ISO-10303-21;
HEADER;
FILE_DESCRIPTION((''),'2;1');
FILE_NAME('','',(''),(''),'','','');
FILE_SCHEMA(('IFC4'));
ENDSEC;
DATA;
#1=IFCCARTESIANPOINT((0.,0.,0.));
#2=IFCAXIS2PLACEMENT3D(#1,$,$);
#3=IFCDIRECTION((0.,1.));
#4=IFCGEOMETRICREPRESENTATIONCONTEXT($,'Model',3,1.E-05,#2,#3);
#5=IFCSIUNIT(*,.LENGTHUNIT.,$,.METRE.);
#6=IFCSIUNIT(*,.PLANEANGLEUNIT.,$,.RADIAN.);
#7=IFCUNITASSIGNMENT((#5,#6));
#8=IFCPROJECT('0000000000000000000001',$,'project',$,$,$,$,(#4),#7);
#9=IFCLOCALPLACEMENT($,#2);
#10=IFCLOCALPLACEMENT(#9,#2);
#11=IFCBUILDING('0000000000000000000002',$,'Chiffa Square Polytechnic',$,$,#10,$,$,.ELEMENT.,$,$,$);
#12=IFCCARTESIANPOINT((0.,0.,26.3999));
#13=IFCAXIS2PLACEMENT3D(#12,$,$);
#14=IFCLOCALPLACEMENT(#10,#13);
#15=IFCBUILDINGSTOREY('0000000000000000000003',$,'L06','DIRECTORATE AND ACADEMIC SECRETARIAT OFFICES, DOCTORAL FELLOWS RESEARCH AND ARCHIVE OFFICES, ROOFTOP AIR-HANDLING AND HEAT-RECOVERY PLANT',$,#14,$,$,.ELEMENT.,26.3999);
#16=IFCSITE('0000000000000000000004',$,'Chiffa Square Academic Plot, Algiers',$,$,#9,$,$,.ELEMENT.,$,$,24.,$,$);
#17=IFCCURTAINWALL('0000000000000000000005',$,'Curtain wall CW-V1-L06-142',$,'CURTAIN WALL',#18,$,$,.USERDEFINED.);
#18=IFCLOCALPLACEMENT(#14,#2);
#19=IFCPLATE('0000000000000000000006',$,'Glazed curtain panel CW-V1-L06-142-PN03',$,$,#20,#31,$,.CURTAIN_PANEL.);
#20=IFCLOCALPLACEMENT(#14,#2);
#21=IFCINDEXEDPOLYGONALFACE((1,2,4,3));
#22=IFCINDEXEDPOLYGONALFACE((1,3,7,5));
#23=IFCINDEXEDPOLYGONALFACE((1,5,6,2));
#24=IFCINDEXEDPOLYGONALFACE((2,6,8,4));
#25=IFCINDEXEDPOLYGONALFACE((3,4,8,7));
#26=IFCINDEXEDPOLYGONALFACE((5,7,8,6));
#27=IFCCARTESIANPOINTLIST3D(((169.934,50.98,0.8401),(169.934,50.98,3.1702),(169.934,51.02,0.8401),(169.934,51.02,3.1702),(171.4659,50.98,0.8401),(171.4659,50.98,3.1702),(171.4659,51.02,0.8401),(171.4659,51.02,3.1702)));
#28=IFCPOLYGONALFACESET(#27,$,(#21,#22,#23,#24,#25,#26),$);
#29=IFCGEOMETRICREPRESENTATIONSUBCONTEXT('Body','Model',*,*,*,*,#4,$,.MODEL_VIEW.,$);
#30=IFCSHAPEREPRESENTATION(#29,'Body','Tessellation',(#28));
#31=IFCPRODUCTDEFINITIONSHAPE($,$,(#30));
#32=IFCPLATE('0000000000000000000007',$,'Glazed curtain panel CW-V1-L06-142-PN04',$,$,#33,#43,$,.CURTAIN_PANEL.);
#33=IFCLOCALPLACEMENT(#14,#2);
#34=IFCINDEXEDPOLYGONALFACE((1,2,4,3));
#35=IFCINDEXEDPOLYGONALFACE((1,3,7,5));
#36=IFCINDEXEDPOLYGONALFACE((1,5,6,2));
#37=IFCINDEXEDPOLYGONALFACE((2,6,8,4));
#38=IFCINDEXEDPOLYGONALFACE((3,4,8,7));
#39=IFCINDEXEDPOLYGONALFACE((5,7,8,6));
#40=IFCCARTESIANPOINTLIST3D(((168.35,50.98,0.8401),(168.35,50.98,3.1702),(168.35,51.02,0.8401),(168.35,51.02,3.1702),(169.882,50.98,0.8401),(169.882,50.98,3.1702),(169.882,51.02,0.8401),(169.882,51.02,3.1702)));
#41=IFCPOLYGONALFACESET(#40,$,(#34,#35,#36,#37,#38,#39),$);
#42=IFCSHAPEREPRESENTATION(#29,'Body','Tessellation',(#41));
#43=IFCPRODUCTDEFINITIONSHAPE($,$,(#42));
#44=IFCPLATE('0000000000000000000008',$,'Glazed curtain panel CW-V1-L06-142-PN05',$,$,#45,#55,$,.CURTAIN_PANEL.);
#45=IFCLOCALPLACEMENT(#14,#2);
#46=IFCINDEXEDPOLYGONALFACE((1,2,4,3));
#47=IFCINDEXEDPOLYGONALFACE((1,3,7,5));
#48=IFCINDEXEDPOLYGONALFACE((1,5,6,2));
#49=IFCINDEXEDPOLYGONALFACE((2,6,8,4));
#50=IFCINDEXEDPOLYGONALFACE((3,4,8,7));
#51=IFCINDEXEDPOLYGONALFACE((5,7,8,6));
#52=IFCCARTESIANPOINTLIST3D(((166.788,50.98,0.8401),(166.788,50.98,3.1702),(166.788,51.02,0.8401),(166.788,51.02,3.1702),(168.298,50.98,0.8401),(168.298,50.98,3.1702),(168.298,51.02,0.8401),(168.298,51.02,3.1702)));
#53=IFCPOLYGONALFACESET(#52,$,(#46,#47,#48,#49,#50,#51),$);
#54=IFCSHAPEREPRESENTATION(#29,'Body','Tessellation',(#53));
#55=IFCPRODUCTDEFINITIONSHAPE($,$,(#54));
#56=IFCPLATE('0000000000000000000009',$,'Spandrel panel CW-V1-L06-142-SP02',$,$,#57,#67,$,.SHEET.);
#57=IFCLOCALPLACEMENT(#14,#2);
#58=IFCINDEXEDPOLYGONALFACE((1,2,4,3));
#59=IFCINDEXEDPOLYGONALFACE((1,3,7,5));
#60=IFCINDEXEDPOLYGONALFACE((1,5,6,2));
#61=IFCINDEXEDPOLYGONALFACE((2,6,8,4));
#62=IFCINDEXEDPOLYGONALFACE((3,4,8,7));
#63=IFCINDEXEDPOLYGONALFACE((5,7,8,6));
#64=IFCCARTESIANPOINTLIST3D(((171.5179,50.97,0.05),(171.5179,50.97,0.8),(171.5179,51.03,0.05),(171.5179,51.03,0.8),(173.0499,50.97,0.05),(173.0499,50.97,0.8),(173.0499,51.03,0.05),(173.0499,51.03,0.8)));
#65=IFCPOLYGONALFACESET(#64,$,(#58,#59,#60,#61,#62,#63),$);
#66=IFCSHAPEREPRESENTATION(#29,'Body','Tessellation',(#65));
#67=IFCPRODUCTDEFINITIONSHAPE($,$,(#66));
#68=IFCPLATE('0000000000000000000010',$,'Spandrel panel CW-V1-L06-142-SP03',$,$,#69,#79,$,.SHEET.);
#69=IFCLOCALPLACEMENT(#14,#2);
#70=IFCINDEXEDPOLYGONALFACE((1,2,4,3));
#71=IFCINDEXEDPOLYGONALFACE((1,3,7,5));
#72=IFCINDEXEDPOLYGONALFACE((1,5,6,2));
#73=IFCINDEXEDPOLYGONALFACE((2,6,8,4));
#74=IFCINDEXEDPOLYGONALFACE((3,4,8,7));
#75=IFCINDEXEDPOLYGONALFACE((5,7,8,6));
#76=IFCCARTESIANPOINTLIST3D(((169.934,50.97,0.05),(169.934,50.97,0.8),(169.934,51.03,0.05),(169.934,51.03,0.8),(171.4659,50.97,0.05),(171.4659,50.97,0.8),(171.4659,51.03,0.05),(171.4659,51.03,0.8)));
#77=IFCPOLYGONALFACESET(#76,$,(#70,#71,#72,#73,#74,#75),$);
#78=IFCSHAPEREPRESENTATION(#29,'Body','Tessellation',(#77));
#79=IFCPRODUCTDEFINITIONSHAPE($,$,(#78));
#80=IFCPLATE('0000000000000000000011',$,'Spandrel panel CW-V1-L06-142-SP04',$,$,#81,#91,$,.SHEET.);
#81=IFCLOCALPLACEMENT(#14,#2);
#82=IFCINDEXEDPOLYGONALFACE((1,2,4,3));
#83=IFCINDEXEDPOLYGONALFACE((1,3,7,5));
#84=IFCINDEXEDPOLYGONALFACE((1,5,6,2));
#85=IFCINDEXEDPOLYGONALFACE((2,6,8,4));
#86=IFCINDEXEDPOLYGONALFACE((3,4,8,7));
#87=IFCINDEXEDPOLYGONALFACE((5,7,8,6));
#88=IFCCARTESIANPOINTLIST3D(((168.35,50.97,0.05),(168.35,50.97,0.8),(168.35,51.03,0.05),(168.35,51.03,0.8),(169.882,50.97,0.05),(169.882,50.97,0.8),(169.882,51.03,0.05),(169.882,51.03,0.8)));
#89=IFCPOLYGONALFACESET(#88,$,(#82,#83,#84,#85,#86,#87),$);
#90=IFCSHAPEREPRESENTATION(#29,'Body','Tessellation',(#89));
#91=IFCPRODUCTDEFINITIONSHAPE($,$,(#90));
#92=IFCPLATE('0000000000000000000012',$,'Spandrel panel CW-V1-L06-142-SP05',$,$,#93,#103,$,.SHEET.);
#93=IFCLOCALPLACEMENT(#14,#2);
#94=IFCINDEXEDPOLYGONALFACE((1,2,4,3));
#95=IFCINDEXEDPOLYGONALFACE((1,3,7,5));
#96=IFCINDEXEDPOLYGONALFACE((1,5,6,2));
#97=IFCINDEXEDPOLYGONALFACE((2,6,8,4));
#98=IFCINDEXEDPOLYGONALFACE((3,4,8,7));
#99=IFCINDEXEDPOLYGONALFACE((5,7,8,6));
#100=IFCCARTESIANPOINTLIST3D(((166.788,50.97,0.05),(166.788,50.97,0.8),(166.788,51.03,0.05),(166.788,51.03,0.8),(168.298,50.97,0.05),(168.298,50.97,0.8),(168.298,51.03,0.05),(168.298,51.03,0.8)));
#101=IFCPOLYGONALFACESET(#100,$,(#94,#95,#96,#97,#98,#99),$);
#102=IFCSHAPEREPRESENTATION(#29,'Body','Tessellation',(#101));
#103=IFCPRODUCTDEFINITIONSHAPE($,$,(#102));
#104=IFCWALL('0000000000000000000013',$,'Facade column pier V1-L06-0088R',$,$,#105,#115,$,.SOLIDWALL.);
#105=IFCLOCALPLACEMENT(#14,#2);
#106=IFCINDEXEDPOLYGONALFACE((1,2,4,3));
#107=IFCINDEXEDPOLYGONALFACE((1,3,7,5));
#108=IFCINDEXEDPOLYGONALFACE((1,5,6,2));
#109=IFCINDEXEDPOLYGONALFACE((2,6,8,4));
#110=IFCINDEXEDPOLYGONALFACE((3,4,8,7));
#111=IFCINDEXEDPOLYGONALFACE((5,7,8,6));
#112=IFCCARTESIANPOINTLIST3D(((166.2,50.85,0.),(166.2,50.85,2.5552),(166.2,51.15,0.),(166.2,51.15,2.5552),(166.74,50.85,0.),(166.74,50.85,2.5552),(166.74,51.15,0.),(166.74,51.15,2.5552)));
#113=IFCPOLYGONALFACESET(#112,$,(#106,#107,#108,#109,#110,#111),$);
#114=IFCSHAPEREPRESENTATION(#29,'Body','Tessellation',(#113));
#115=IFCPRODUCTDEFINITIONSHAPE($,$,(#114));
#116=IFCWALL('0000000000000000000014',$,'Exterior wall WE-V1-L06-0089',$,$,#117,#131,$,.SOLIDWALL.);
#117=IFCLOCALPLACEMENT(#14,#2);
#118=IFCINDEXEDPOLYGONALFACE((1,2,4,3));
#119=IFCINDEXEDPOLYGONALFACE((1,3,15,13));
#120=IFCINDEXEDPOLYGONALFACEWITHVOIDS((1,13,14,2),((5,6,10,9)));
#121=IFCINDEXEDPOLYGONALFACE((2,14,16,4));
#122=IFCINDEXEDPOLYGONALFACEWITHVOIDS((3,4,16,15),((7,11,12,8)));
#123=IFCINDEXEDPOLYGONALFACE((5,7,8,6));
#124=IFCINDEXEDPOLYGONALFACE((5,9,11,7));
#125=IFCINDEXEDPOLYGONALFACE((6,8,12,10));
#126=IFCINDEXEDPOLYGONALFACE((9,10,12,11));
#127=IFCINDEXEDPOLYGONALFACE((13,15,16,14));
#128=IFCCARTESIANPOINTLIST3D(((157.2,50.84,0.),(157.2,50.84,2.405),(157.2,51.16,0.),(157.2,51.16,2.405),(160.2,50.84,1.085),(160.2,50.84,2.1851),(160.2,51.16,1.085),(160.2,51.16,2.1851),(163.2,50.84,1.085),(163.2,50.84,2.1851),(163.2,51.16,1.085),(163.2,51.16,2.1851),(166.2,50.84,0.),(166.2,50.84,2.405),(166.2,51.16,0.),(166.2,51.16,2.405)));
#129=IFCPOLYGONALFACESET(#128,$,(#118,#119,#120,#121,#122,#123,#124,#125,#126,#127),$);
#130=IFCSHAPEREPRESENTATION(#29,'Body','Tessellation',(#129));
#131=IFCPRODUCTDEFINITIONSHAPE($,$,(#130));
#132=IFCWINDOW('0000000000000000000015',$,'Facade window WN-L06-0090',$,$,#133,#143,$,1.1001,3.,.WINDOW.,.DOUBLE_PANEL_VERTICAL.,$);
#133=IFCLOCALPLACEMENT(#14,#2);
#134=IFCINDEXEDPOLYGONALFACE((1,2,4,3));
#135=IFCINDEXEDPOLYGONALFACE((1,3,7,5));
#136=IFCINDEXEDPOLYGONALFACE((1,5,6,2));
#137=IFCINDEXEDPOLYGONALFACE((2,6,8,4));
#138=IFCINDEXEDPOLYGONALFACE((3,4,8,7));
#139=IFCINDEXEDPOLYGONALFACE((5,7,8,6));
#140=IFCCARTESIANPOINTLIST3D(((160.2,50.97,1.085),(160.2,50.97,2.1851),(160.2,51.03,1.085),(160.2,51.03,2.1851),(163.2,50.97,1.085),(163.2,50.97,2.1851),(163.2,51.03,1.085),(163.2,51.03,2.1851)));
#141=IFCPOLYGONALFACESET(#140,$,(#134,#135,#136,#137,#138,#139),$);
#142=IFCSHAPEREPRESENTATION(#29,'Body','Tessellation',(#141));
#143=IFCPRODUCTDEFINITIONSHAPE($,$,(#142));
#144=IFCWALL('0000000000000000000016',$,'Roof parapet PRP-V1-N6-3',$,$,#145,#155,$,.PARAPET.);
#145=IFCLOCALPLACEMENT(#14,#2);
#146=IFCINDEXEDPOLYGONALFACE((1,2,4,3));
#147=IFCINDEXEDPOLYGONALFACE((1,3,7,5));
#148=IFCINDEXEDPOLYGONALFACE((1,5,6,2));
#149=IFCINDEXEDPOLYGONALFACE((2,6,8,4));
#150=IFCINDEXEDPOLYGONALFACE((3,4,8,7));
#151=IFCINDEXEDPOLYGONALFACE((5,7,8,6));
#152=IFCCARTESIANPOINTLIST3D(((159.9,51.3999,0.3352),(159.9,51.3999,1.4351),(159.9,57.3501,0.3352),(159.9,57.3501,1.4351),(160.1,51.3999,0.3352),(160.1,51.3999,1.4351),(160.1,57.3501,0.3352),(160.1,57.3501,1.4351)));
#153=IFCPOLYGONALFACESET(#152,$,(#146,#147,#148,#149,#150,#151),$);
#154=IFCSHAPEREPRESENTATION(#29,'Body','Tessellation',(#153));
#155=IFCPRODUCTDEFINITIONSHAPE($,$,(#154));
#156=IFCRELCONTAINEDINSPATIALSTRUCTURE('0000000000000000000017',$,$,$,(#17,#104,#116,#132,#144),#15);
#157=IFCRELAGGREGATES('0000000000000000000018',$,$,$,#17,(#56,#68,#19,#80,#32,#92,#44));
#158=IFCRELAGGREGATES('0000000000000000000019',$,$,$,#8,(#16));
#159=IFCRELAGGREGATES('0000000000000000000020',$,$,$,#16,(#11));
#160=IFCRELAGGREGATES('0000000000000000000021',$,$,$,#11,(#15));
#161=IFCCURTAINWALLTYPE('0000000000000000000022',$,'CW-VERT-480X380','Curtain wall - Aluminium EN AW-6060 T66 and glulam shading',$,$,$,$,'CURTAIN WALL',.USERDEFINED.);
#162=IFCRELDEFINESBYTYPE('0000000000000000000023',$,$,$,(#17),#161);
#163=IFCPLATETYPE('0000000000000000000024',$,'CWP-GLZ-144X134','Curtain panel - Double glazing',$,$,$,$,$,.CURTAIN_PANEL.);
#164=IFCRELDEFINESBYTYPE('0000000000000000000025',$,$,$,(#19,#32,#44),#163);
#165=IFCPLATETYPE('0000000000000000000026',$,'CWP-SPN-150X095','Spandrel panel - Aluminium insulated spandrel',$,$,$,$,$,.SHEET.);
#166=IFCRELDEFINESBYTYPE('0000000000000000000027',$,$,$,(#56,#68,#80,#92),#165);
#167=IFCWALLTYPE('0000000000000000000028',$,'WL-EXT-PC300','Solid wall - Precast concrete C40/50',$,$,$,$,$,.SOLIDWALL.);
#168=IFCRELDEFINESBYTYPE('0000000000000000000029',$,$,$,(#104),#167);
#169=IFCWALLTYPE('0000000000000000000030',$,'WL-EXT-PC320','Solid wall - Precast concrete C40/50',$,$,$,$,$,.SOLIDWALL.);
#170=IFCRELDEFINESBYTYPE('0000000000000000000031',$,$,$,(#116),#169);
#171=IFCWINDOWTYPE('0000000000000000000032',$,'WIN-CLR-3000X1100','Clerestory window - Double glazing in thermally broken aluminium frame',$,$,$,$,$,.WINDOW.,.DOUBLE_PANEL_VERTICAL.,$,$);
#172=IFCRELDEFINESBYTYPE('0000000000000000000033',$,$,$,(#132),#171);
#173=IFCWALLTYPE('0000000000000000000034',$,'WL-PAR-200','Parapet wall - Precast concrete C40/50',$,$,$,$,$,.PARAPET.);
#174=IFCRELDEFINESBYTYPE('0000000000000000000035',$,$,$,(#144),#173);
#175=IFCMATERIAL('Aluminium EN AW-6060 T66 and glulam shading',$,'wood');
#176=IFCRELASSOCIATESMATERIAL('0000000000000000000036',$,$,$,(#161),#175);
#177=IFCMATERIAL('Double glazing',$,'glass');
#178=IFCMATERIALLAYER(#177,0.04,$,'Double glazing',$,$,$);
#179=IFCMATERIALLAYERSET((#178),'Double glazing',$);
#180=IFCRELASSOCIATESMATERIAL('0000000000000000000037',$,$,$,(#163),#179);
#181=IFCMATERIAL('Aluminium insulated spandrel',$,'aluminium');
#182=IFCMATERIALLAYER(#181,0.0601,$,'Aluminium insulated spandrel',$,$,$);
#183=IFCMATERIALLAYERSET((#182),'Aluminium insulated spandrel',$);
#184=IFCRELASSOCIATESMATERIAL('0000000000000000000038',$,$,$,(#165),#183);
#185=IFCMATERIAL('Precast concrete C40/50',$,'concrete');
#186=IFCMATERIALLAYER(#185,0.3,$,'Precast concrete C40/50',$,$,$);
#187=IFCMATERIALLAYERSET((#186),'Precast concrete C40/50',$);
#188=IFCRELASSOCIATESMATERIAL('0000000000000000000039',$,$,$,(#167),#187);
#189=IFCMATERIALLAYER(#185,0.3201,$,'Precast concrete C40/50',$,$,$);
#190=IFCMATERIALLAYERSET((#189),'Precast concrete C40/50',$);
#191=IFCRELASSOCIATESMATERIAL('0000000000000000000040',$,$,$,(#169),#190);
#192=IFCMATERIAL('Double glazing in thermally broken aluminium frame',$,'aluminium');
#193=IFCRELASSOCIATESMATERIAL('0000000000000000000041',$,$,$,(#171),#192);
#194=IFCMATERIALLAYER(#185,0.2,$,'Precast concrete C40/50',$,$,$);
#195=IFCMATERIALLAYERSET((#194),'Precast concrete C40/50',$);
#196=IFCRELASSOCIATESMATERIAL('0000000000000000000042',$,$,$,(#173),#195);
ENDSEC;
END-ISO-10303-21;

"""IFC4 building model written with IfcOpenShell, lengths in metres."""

from ifc_helpers import new_model, si_unit, direction, frame, frame_2d, origin, origin_2d, place, context, subcontext, project, spatial, rectangle, extrude, material, layer, layer_set, type_object, element, fill, aggregate, save


model = new_model("IFC4")

# Units and contexts
model_context = context("Model", 3, precision=1e-05, world=origin(), true_north=direction((0.0, 1.0)))
body_context = subcontext(model_context, "Body", "Model", "MODEL_VIEW")
ifc_project = project(units=[si_unit("LENGTHUNIT", "METRE"), si_unit("PLANEANGLEUNIT", "RADIAN")], contexts=[model_context])

# Site, building, storey
site_placement = place(None, origin())
site = spatial("IfcSite", under=ifc_project, at=site_placement, Name="Chiffa Square Academic Plot, Algiers", CompositionType="ELEMENT", RefElevation=24.0)
building_placement = place(site_placement, origin())
building = spatial("IfcBuilding", under=site, at=building_placement, Name="Chiffa Square Polytechnic", CompositionType="ELEMENT")
storey_placement = place(building_placement, frame((0.0, 0.0, 26.3999)))
storey = spatial("IfcBuildingStorey", under=building, at=storey_placement, Name="L06", Description="DIRECTORATE AND ACADEMIC SECRETARIAT OFFICES, DOCTORAL FELLOWS RESEARCH AND ARCHIVE OFFICES, ROOFTOP AIR-HANDLING AND HEAT-RECOVERY PLANT", CompositionType="ELEMENT", Elevation=26.3999)

# Curtain wall, plates
ifc_material_1 = material(Name="Aluminium EN AW-6060 T66 and glulam shading", Category="wood")
curtain_wall_type = type_object("IfcCurtainWallType", Name="CW-VERT-480X380", Description="Curtain wall - Aluminium EN AW-6060 T66 and glulam shading", ElementType="CURTAIN WALL", PredefinedType="USERDEFINED", material=ifc_material_1)
curtain_wall_placement = place(storey_placement, origin())
curtain_wall = element("IfcCurtainWall", 1, at=curtain_wall_placement, inside=storey, type_object=curtain_wall_type, Name="Curtain wall CW-V1-L06-142", ObjectType="CURTAIN WALL", PredefinedType="USERDEFINED")
ifc_material_2 = material(Name="Double glazing", Category="glass")
ifc_layer_1 = layer(ifc_material_2, 0.04, Name="Double glazing")
ifc_layer_set_1 = layer_set([ifc_layer_1], Name="Double glazing")
plate_type_1 = type_object("IfcPlateType", Name="CWP-GLZ-144X134", Description="Curtain panel - Double glazing", PredefinedType="CURTAIN_PANEL", material=ifc_layer_set_1)
plate_1_placement = place(storey_placement, frame((170.7, 51.0, 0.8401), z_axis=(0.0, 0.0, 1.0), x_axis=(-1.0, 0.0, 0.0)))
plate_1 = element("IfcPlate", 2, at=plate_1_placement, type_object=plate_type_1, Name="Glazed curtain panel CW-V1-L06-142-PN03", PredefinedType="CURTAIN_PANEL", context=body_context, shape_type="SweptSolid", body=[
    extrude(rectangle(XDim=1.532, YDim=0.04, at=origin_2d()), origin(), (0.0, 0.0, 1.0), 2.3301),
])
plate_2_placement = place(storey_placement, frame((169.116, 51.0, 0.8401), z_axis=(0.0, 0.0, 1.0), x_axis=(-1.0, 0.0, 0.0)))
plate_2 = element("IfcPlate", 3, at=plate_2_placement, type_object=plate_type_1, Name="Glazed curtain panel CW-V1-L06-142-PN04", PredefinedType="CURTAIN_PANEL", context=body_context, shape_type="SweptSolid", body=[
    extrude(rectangle(XDim=1.532, YDim=0.04, at=origin_2d()), origin(), (0.0, 0.0, 1.0), 2.3301),
])
plate_3_placement = place(storey_placement, frame((167.543, 51.0, 0.8401), z_axis=(0.0, 0.0, 1.0), x_axis=(-1.0, 0.0, 0.0)))
plate_3 = element("IfcPlate", 4, at=plate_3_placement, type_object=plate_type_1, Name="Glazed curtain panel CW-V1-L06-142-PN05", PredefinedType="CURTAIN_PANEL", context=body_context, shape_type="SweptSolid", body=[
    extrude(rectangle(XDim=1.51, YDim=0.04, at=origin_2d()), origin(), (0.0, 0.0, 1.0), 2.3301),
])
ifc_material_3 = material(Name="Aluminium insulated spandrel", Category="aluminium")
ifc_layer_2 = layer(ifc_material_3, 0.0601, Name="Aluminium insulated spandrel")
ifc_layer_set_2 = layer_set([ifc_layer_2], Name="Aluminium insulated spandrel")
plate_type_2 = type_object("IfcPlateType", Name="CWP-SPN-150X095", Description="Spandrel panel - Aluminium insulated spandrel", PredefinedType="SHEET", material=ifc_layer_set_2)
plate_4_placement = place(storey_placement, frame((172.2839, 51.0, 0.05), z_axis=(0.0, 0.0, 1.0), x_axis=(-1.0, 0.0, 0.0)))
plate_4 = element("IfcPlate", 5, at=plate_4_placement, type_object=plate_type_2, Name="Spandrel panel CW-V1-L06-142-SP02", PredefinedType="SHEET", context=body_context, shape_type="SweptSolid", body=[
    extrude(rectangle(XDim=1.532, YDim=0.0601, at=origin_2d()), origin(), (0.0, 0.0, 1.0), 0.75),
])
plate_5_placement = place(storey_placement, frame((170.7, 51.0, 0.05), z_axis=(0.0, 0.0, 1.0), x_axis=(-1.0, 0.0, 0.0)))
plate_5 = element("IfcPlate", 6, at=plate_5_placement, type_object=plate_type_2, Name="Spandrel panel CW-V1-L06-142-SP03", PredefinedType="SHEET", context=body_context, shape_type="SweptSolid", body=[
    extrude(rectangle(XDim=1.532, YDim=0.0601, at=origin_2d()), origin(), (0.0, 0.0, 1.0), 0.75),
])
plate_6_placement = place(storey_placement, frame((169.116, 51.0, 0.05), z_axis=(0.0, 0.0, 1.0), x_axis=(-1.0, 0.0, 0.0)))
plate_6 = element("IfcPlate", 7, at=plate_6_placement, type_object=plate_type_2, Name="Spandrel panel CW-V1-L06-142-SP04", PredefinedType="SHEET", context=body_context, shape_type="SweptSolid", body=[
    extrude(rectangle(XDim=1.532, YDim=0.0601, at=origin_2d()), origin(), (0.0, 0.0, 1.0), 0.75),
])
plate_7_placement = place(storey_placement, frame((167.543, 51.0, 0.05), z_axis=(0.0, 0.0, 1.0), x_axis=(-1.0, 0.0, 0.0)))
plate_7 = element("IfcPlate", 8, at=plate_7_placement, type_object=plate_type_2, Name="Spandrel panel CW-V1-L06-142-SP05", PredefinedType="SHEET", context=body_context, shape_type="SweptSolid", body=[
    extrude(rectangle(XDim=1.51, YDim=0.0601, at=origin_2d()), origin(), (0.0, 0.0, 1.0), 0.75),
])
aggregate(curtain_wall, [plate_4, plate_5, plate_1, plate_6, plate_2, plate_7, plate_3])

# Wall
ifc_material_4 = material(Name="Precast concrete C40/50", Category="concrete")
ifc_layer_3 = layer(ifc_material_4, 0.3, Name="Precast concrete C40/50")
ifc_layer_set_3 = layer_set([ifc_layer_3], Name="Precast concrete C40/50")
wall_type_1 = type_object("IfcWallType", Name="WL-EXT-PC300", Description="Solid wall - Precast concrete C40/50", PredefinedType="SOLIDWALL", material=ifc_layer_set_3)
wall_1_placement = place(storey_placement, frame((166.74, 51.0, 0.0), z_axis=(0.0, 0.0, 1.0), x_axis=(-1.0, 0.0, 0.0)))
element("IfcWall", 9, at=wall_1_placement, inside=storey, type_object=wall_type_1, Name="Facade column pier V1-L06-0088R", PredefinedType="SOLIDWALL", context=body_context, shape_type="SweptSolid", body=[
    extrude(rectangle(XDim=0.54, YDim=0.3, at=frame_2d((0.27, 0.0))), origin(), (0.0, 0.0, 1.0), 2.5552),
])

# Wall, opening, window
ifc_layer_4 = layer(ifc_material_4, 0.3201, Name="Precast concrete C40/50")
ifc_layer_set_4 = layer_set([ifc_layer_4], Name="Precast concrete C40/50")
wall_type_2 = type_object("IfcWallType", Name="WL-EXT-PC320", Description="Solid wall - Precast concrete C40/50", PredefinedType="SOLIDWALL", material=ifc_layer_set_4)
wall_2_placement = place(storey_placement, frame((166.2, 51.0, 0.0), z_axis=(0.0, 0.0, 1.0), x_axis=(-1.0, 0.0, 0.0)))
wall_2 = element("IfcWall", 10, at=wall_2_placement, inside=storey, type_object=wall_type_2, Name="Exterior wall WE-V1-L06-0089", PredefinedType="SOLIDWALL", context=body_context, shape_type="SweptSolid", body=[
    extrude(rectangle(XDim=9.0, YDim=0.3201, at=frame_2d((4.5, 0.0))), origin(), (0.0, 0.0, 1.0), 2.405),
])
opening_placement = place(wall_2_placement, frame((3.0, 0.0, 1.085)))
opening = element("IfcOpeningElement", 11, at=opening_placement, cuts=wall_2, PredefinedType="OPENING", context=body_context, shape_type="SweptSolid", body=[
    extrude(rectangle(XDim=3.0, YDim=1.1001, at=frame_2d((1.5, 0.55))), frame((0.0, 0.1699, 0.0), z_axis=(0.0, -1.0, 0.0), x_axis=(1.0, 0.0, 0.0)), (0.0, 0.0, 1.0), 0.3401),
])
ifc_material_5 = material(Name="Double glazing in thermally broken aluminium frame", Category="aluminium")
window_type = type_object("IfcWindowType", Name="WIN-CLR-3000X1100", Description="Clerestory window - Double glazing in thermally broken aluminium frame", PartitioningType="DOUBLE_PANEL_VERTICAL", PredefinedType="WINDOW", material=ifc_material_5)
window_placement = place(opening_placement, origin())
window = element("IfcWindow", 12, at=window_placement, inside=storey, type_object=window_type, Name="Facade window WN-L06-0090", OverallHeight=1.1001, OverallWidth=3.0, PartitioningType="DOUBLE_PANEL_VERTICAL", PredefinedType="WINDOW", context=body_context, shape_type="SweptSolid", body=[
    extrude(rectangle(XDim=3.0, YDim=1.1001, at=frame_2d((1.5, 0.55))), frame((0.0, 0.03, 0.0), z_axis=(0.0, -1.0, 0.0), x_axis=(1.0, 0.0, 0.0)), (0.0, 0.0, 1.0), 0.0601),
])
fill(opening, window)

# Wall
ifc_layer_5 = layer(ifc_material_4, 0.2, Name="Precast concrete C40/50")
ifc_layer_set_5 = layer_set([ifc_layer_5], Name="Precast concrete C40/50")
wall_type_3 = type_object("IfcWallType", Name="WL-PAR-200", Description="Parapet wall - Precast concrete C40/50", PredefinedType="PARAPET", material=ifc_layer_set_5)
wall_3_placement = place(storey_placement, frame((160.0, 57.3501, 0.3352), z_axis=(0.0, 0.0, 1.0), x_axis=(0.0, -1.0, 0.0)))
element("IfcWall", 13, at=wall_3_placement, inside=storey, type_object=wall_type_3, Name="Roof parapet PRP-V1-N6-3", PredefinedType="PARAPET", context=body_context, shape_type="SweptSolid", body=[
    extrude(rectangle(XDim=5.9502, YDim=0.2, at=frame_2d((2.9751, 0.0))), origin(), (0.0, 0.0, 1.0), 1.0999),
])

save(model, "model.ifc")
